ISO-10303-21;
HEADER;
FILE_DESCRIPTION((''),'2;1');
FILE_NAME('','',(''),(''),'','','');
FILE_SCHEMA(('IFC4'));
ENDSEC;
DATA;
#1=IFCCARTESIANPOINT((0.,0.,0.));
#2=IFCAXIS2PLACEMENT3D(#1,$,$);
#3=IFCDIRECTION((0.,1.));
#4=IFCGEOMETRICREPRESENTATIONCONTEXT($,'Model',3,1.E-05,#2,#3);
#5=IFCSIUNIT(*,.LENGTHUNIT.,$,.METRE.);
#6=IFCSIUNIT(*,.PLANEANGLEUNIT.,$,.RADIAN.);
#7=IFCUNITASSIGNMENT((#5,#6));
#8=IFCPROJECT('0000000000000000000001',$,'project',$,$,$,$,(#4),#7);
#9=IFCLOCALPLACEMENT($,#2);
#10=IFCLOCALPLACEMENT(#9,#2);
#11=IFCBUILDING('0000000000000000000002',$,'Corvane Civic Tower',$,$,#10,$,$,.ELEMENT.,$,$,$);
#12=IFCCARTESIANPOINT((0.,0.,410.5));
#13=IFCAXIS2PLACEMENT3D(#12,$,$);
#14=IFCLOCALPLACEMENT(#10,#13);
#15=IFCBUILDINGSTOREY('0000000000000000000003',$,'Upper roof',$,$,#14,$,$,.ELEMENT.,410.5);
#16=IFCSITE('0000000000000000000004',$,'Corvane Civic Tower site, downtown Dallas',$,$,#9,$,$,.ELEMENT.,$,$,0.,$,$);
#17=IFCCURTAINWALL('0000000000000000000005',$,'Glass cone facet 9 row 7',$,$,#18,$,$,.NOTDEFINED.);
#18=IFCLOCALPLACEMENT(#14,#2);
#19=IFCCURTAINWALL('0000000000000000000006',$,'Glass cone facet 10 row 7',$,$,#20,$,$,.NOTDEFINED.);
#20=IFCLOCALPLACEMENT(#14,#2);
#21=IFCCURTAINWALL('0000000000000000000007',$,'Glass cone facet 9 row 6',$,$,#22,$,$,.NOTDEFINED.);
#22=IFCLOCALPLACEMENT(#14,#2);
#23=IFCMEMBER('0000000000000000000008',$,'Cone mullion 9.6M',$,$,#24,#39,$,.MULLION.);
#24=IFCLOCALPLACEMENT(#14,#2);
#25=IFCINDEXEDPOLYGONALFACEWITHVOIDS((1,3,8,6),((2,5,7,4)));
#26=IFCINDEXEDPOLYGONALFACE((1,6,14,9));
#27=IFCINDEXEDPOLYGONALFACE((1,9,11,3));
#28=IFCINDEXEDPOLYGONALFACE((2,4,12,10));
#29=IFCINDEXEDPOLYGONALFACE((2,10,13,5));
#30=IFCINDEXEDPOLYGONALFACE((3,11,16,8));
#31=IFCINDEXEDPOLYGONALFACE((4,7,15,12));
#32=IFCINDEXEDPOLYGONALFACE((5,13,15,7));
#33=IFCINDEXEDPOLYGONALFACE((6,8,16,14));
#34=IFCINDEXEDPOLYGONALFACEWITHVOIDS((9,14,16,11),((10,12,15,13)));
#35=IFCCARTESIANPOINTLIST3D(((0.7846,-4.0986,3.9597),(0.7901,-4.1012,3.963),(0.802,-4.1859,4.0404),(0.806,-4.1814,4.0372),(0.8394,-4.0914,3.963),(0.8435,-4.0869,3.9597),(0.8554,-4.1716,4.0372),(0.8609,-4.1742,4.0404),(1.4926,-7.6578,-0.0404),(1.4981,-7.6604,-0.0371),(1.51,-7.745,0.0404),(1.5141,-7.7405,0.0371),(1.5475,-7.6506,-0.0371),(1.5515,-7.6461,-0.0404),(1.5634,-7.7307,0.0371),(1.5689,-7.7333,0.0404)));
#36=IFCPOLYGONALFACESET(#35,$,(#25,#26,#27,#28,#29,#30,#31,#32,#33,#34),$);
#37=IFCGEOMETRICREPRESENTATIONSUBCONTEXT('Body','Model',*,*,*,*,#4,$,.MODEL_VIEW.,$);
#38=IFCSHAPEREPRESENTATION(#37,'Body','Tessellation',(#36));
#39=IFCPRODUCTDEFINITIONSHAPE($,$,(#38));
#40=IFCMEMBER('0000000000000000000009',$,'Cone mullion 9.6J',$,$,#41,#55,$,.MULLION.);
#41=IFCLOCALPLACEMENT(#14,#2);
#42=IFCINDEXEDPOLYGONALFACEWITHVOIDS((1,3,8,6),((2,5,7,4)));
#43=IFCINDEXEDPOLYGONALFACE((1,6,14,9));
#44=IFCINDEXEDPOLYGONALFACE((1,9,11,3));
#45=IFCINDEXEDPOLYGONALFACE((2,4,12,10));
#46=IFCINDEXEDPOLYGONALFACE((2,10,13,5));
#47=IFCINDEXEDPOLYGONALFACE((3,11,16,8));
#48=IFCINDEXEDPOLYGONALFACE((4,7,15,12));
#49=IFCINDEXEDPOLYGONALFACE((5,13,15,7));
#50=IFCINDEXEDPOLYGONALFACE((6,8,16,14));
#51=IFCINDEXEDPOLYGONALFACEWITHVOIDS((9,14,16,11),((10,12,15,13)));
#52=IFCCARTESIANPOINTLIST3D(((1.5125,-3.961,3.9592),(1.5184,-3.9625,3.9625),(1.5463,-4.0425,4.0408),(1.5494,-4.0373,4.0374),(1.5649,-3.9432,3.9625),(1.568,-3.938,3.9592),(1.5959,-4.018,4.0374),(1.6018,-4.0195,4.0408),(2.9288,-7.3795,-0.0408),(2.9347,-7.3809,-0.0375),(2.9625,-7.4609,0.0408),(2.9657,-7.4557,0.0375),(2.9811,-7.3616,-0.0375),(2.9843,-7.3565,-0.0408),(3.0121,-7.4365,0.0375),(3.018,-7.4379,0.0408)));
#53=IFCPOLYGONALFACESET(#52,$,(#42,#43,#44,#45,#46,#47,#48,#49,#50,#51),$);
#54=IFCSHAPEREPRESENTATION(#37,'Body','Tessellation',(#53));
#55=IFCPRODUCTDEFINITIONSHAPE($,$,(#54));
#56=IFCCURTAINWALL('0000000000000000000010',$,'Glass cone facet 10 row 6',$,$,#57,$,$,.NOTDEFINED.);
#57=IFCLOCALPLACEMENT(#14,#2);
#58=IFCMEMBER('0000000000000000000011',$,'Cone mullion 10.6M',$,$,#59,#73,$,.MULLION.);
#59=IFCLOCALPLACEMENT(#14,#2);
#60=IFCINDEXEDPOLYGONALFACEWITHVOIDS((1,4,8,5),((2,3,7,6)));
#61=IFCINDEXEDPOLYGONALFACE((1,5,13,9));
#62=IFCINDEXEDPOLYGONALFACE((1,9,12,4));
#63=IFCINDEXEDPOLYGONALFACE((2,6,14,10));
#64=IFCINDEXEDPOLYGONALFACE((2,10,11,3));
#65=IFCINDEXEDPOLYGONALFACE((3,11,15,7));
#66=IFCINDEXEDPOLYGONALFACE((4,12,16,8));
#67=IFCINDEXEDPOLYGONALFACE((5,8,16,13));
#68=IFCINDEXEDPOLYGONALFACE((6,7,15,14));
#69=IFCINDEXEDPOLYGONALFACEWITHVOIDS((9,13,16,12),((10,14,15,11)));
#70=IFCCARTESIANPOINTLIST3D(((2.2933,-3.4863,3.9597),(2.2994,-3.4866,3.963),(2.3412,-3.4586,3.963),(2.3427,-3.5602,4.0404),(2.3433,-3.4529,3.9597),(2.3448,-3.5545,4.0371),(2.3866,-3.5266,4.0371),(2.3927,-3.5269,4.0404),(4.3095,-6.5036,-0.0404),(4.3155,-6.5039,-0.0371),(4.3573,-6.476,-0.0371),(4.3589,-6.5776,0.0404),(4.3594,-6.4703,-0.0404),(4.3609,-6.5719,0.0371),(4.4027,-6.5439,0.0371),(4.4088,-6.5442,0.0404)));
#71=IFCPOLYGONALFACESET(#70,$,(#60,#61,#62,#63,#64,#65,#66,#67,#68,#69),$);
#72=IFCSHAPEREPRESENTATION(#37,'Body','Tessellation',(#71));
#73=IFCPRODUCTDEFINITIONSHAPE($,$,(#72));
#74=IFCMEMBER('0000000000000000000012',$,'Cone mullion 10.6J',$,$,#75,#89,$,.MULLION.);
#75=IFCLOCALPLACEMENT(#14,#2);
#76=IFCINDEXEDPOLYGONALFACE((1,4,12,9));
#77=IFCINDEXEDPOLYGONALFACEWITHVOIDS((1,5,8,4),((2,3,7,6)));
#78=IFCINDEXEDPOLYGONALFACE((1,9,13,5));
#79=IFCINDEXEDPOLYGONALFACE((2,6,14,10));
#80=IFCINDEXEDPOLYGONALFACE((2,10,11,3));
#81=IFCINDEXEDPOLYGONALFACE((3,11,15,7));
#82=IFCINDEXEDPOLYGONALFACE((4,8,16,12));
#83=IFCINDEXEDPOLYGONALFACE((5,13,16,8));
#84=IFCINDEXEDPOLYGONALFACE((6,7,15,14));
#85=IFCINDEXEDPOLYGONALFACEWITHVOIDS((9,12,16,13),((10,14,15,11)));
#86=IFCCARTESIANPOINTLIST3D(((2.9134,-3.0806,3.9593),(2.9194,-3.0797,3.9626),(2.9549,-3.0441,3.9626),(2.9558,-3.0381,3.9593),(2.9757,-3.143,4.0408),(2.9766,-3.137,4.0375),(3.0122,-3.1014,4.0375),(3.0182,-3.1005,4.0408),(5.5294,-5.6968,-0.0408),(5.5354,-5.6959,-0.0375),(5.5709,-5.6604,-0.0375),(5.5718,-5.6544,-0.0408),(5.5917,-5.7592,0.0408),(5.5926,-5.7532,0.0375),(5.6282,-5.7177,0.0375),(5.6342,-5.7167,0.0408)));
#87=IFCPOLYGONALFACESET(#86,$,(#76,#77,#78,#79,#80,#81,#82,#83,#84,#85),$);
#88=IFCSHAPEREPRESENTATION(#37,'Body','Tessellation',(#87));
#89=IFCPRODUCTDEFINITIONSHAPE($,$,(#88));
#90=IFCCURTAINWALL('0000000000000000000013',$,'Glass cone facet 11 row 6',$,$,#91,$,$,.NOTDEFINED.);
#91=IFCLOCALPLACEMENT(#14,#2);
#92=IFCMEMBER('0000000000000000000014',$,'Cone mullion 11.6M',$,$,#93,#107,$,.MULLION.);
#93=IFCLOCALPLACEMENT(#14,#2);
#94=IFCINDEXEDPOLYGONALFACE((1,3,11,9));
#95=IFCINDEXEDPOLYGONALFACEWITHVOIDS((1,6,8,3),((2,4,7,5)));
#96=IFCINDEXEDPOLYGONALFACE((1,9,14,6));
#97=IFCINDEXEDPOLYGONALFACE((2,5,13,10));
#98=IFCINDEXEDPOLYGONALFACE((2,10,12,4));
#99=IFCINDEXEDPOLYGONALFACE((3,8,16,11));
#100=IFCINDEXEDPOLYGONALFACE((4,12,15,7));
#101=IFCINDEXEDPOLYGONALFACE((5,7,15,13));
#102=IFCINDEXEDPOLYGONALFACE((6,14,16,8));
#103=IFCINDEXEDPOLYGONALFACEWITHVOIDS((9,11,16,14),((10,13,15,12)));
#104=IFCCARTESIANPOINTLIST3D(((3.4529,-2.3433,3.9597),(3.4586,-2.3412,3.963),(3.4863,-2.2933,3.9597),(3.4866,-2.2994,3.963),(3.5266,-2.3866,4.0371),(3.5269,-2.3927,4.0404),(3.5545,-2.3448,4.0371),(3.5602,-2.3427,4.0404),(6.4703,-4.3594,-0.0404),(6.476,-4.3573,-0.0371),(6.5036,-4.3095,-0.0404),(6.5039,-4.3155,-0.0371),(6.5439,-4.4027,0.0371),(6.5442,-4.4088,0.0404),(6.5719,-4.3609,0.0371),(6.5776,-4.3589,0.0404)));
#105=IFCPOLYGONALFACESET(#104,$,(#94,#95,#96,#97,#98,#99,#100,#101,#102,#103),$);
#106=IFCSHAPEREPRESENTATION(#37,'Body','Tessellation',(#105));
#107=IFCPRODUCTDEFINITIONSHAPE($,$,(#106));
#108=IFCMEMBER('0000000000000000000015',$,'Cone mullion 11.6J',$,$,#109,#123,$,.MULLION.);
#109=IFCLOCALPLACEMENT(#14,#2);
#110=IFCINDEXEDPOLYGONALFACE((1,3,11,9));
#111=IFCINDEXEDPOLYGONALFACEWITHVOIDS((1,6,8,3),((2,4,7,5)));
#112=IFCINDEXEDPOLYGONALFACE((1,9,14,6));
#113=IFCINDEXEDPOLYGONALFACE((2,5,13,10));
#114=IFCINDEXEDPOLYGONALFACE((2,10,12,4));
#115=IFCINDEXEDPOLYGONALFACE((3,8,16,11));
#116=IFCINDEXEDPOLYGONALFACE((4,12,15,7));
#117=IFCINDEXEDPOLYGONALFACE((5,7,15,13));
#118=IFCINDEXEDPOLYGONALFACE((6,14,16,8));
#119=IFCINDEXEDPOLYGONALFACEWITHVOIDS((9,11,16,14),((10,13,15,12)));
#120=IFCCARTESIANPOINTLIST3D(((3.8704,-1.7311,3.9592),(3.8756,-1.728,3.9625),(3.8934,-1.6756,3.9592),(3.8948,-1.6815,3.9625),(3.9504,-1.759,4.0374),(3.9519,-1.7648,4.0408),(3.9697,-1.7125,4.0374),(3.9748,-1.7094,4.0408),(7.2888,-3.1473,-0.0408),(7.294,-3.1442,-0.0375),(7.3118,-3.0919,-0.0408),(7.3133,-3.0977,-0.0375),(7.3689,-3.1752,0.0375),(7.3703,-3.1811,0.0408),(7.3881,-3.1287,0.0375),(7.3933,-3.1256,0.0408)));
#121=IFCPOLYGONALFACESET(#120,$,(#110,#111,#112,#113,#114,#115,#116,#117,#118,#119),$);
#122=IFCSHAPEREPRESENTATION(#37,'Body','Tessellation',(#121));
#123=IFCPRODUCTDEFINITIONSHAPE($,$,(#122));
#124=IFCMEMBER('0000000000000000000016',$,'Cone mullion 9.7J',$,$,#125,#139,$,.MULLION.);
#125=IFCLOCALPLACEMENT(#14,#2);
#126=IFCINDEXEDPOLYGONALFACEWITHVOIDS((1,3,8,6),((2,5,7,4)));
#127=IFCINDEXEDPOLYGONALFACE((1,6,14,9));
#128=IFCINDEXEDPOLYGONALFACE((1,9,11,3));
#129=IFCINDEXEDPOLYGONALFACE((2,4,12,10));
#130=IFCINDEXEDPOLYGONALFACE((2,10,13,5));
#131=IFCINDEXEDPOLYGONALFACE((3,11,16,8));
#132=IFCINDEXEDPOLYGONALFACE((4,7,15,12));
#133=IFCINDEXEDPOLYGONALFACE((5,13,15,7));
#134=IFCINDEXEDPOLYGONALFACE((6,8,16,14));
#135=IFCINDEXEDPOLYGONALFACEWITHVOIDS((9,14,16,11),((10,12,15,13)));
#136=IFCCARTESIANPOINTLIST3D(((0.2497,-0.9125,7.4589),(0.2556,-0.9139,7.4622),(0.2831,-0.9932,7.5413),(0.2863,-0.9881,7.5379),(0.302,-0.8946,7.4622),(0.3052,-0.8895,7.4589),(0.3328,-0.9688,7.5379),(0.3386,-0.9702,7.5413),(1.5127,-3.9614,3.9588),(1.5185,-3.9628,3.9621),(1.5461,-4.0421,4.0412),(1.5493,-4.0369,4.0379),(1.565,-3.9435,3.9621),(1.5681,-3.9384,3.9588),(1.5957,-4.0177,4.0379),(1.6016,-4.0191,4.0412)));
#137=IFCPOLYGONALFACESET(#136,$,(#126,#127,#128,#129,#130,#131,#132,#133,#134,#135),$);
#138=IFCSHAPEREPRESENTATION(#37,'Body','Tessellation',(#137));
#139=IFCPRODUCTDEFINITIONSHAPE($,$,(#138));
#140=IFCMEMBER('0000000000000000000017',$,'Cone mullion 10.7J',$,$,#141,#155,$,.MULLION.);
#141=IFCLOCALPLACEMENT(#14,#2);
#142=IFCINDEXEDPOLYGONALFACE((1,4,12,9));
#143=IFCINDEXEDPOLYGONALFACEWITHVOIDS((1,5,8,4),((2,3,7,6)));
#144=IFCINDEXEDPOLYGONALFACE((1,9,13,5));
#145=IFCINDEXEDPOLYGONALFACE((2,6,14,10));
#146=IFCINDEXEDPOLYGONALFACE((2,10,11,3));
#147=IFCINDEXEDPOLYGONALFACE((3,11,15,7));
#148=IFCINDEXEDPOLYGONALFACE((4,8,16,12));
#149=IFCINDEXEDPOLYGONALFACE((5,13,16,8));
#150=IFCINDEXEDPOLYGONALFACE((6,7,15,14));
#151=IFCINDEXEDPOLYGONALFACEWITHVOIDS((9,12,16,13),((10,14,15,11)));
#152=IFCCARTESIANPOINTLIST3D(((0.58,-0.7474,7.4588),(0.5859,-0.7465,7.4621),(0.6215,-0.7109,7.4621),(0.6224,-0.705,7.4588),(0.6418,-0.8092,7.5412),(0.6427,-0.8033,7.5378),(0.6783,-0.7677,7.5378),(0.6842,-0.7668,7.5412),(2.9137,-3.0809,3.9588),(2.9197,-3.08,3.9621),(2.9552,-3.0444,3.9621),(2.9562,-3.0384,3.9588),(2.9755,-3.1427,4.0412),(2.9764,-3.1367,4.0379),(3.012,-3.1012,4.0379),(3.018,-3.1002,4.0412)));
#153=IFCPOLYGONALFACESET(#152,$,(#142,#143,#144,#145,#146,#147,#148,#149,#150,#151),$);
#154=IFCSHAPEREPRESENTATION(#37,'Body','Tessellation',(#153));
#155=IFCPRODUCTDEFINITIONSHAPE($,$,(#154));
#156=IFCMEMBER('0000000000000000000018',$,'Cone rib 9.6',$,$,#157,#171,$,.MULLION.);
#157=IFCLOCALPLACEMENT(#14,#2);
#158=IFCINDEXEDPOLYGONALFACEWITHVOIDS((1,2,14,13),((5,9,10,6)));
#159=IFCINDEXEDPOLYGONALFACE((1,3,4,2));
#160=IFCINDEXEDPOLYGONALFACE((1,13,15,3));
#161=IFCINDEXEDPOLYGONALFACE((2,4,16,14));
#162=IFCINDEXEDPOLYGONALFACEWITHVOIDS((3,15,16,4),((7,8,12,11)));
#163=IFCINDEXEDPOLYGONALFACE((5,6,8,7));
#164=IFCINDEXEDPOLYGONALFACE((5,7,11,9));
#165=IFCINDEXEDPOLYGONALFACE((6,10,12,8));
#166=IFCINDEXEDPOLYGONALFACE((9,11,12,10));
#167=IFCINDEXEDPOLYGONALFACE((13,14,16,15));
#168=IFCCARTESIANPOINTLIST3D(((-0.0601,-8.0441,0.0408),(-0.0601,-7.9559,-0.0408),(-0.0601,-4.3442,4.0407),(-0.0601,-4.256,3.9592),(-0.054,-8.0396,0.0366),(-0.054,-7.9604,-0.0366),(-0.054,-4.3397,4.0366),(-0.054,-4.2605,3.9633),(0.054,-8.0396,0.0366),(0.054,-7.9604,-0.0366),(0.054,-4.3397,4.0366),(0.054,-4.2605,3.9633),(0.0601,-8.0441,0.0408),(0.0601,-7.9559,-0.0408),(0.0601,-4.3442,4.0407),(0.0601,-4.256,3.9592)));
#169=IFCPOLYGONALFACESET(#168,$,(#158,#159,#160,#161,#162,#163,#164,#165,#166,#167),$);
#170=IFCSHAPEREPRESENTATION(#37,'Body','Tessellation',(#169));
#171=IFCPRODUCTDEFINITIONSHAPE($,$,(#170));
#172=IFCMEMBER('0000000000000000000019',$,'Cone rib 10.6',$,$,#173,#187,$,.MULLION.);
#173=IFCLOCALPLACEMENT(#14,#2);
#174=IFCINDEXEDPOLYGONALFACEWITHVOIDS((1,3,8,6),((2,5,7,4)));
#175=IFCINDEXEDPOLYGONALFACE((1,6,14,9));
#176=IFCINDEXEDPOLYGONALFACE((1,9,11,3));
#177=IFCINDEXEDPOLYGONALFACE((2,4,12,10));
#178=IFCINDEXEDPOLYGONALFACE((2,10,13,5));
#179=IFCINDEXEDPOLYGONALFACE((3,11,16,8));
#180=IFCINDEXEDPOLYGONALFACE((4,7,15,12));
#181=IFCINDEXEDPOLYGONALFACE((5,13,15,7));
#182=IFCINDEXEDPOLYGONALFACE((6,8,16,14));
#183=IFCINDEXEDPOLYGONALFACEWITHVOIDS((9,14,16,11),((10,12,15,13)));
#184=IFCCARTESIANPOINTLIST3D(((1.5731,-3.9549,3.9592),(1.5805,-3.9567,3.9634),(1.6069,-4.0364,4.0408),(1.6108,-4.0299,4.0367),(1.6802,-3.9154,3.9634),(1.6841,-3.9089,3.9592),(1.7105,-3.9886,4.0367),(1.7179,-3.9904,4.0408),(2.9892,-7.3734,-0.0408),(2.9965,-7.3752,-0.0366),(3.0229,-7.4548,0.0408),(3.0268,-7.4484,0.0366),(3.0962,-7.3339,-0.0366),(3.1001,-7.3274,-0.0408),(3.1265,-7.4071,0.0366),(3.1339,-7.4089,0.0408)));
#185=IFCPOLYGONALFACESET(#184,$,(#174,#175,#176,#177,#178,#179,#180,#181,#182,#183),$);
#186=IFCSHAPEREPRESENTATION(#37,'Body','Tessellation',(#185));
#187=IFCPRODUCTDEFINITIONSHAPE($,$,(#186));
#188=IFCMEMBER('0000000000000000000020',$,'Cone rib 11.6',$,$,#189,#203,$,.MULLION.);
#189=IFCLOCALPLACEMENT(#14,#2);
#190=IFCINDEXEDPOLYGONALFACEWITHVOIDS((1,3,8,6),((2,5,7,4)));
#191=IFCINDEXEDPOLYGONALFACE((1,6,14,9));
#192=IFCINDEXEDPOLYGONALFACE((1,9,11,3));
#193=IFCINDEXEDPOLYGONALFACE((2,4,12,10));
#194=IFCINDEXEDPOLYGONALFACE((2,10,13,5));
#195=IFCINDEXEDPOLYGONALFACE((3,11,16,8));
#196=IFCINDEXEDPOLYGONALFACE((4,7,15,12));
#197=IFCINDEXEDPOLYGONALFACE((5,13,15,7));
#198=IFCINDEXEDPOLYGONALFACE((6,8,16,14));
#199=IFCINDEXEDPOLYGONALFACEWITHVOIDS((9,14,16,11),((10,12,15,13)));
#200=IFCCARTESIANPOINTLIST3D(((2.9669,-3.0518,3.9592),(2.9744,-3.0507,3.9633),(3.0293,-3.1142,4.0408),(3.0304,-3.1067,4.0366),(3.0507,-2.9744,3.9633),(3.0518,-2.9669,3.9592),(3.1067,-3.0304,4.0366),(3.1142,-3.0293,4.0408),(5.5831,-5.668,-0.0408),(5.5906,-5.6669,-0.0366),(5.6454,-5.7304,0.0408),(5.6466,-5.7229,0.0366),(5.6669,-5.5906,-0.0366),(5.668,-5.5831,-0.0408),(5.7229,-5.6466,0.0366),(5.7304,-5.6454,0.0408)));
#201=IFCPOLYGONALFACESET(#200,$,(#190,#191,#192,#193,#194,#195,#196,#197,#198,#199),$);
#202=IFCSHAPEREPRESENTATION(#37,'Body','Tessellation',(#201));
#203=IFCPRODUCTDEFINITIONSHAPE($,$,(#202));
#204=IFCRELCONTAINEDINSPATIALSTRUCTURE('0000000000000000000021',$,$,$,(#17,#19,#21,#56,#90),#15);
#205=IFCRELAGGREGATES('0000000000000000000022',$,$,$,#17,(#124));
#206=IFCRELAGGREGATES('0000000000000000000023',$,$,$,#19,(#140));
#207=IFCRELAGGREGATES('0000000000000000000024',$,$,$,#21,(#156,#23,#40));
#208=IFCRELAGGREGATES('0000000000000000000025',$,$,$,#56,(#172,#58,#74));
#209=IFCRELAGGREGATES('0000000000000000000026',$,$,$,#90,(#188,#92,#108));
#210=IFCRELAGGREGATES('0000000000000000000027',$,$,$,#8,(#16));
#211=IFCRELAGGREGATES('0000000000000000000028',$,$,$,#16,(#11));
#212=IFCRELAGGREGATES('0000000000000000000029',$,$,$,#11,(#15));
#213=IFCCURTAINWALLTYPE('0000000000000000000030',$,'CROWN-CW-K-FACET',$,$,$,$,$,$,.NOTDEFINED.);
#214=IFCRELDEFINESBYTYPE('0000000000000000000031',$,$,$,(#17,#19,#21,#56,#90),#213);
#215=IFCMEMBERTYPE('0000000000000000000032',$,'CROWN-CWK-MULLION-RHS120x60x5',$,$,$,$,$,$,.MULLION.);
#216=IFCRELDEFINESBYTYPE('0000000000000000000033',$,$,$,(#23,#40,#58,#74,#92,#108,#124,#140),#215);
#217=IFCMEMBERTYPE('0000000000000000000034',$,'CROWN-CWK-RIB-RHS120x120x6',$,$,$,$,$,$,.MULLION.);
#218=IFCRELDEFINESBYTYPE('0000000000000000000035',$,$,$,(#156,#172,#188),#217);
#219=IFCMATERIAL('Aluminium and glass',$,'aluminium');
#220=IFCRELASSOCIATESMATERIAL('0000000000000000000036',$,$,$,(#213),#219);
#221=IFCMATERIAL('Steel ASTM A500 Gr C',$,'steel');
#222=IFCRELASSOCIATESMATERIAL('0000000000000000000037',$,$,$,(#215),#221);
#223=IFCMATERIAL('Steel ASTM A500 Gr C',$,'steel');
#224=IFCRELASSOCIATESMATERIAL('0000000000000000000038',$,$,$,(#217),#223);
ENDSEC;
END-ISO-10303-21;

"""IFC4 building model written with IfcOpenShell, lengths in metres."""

from ifc_helpers import new_model, si_unit, direction, frame, origin, origin_2d, place, context, subcontext, project, spatial, hollow_rectangle, extrude, material, material_profile, profile_set, type_object, element, aggregate, save


model = new_model("IFC4")

# Units and contexts
model_context = context("Model", 3, precision=1e-05, world=origin(), true_north=direction((0.0, 1.0)))
body_context = subcontext(model_context, "Body", "Model", "MODEL_VIEW")
ifc_project = project(units=[si_unit("LENGTHUNIT", "METRE"), si_unit("PLANEANGLEUNIT", "RADIAN")], contexts=[model_context])

# Site, building, storey
site_placement = place(None, origin())
site = spatial("IfcSite", under=ifc_project, at=site_placement, Name="Corvane Civic Tower site, downtown Dallas", CompositionType="ELEMENT", RefElevation=0.0)
building_placement = place(site_placement, origin())
building = spatial("IfcBuilding", under=site, at=building_placement, Name="Corvane Civic Tower", CompositionType="ELEMENT")
storey_placement = place(building_placement, frame((0.0, 0.0, 410.5)))
storey = spatial("IfcBuildingStorey", under=building, at=storey_placement, Name="Upper roof", CompositionType="ELEMENT", Elevation=410.5)

# Curtain walls
ifc_material_1 = material(Name="Aluminium and glass", Category="aluminium")
curtain_wall_type = type_object("IfcCurtainWallType", Name="CROWN-CW-K-FACET", PredefinedType="NOTDEFINED", material=ifc_material_1)
curtain_wall_1_placement = place(storey_placement, origin())
curtain_wall_1 = element("IfcCurtainWall", 1, at=curtain_wall_1_placement, inside=storey, type_object=curtain_wall_type, Name="Glass cone facet 9 row 7", PredefinedType="NOTDEFINED")
curtain_wall_2_placement = place(storey_placement, origin())
curtain_wall_2 = element("IfcCurtainWall", 2, at=curtain_wall_2_placement, inside=storey, type_object=curtain_wall_type, Name="Glass cone facet 10 row 7", PredefinedType="NOTDEFINED")

# Curtain walls, members
curtain_wall_3_placement = place(storey_placement, origin())
curtain_wall_3 = element("IfcCurtainWall", 3, at=curtain_wall_3_placement, inside=storey, type_object=curtain_wall_type, Name="Glass cone facet 9 row 6", PredefinedType="NOTDEFINED")
ifc_material_2 = material(Name="Steel ASTM A500 Gr C", Category="steel")
ifc_material_profile_1 = material_profile(ifc_material_2, hollow_rectangle(XDim=0.0601, YDim=0.1201, WallThickness=0.0049, at=origin_2d()), Name="RHS 120x60x5")
ifc_profile_set_1 = profile_set([ifc_material_profile_1], Name="Steel ASTM A500 Gr C")
member_type_1 = type_object("IfcMemberType", Name="CROWN-CWK-MULLION-RHS120x60x5", PredefinedType="MULLION", material=ifc_profile_set_1)
member_1_placement = place(storey_placement, frame((1.5308, -7.6956, 0.0), z_axis=(-0.131094, 0.658995, 0.740635), x_axis=(-0.980782, -0.195107, 0.0)))
member_1 = element("IfcMember", 4, at=member_1_placement, type_object=member_type_1, Name="Cone mullion 9.6M", PredefinedType="MULLION", context=body_context, shape_type="SweptSolid", body=[
    extrude(hollow_rectangle(XDim=0.0601, YDim=0.1201, WallThickness=0.0049, at=origin_2d()), origin(), (0.0, 0.0, 1.0), 5.4009),
])
member_2_placement = place(storey_placement, frame((2.9734, -7.4087, 0.0), z_axis=(-0.259912, 0.627355, 0.734079), x_axis=(-0.923852, -0.38275, 0.0)))
member_2 = element("IfcMember", 5, at=member_2_placement, type_object=member_type_1, Name="Cone mullion 9.6J", PredefinedType="MULLION", context=body_context, shape_type="SweptSolid", body=[
    extrude(hollow_rectangle(XDim=0.0601, YDim=0.1201, WallThickness=0.0049, at=origin_2d()), origin(), (0.0, 0.0, 1.0), 5.449),
])
curtain_wall_4_placement = place(storey_placement, origin())
curtain_wall_4 = element("IfcCurtainWall", 6, at=curtain_wall_4_placement, inside=storey, type_object=curtain_wall_type, Name="Glass cone facet 10 row 6", PredefinedType="NOTDEFINED")
member_3_placement = place(storey_placement, frame((4.3591, -6.5239, 0.0), z_axis=(-0.373297, 0.558679, 0.740626), x_axis=(-0.83147, -0.555569, 0.0)))
member_3 = element("IfcMember", 7, at=member_3_placement, type_object=member_type_1, Name="Cone mullion 10.6M", PredefinedType="MULLION", context=body_context, shape_type="SweptSolid", body=[
    extrude(hollow_rectangle(XDim=0.0601, YDim=0.1201, WallThickness=0.0049, at=origin_2d()), origin(), (0.0, 0.0, 1.0), 5.4009),
])
member_4_placement = place(storey_placement, frame((5.5818, -5.7068, 0.0), z_axis=(-0.480112, 0.480157, 0.734126), x_axis=(-0.70714, -0.707074, 0.0)))
member_4 = element("IfcMember", 8, at=member_4_placement, type_object=member_type_1, Name="Cone mullion 10.6J", PredefinedType="MULLION", context=body_context, shape_type="SweptSolid", body=[
    extrude(hollow_rectangle(XDim=0.0601, YDim=0.1201, WallThickness=0.0049, at=origin_2d()), origin(), (0.0, 0.0, 1.0), 5.4487),
])
curtain_wall_5_placement = place(storey_placement, origin())
curtain_wall_5 = element("IfcCurtainWall", 9, at=curtain_wall_5_placement, inside=storey, type_object=curtain_wall_type, Name="Glass cone facet 11 row 6", PredefinedType="NOTDEFINED")
member_5_placement = place(storey_placement, frame((6.5239, -4.3591, 0.0), z_axis=(-0.558679, 0.373297, 0.740626), x_axis=(-0.555569, -0.83147, 0.0)))
member_5 = element("IfcMember", 10, at=member_5_placement, type_object=member_type_1, Name="Cone mullion 11.6M", PredefinedType="MULLION", context=body_context, shape_type="SweptSolid", body=[
    extrude(hollow_rectangle(XDim=0.0601, YDim=0.1201, WallThickness=0.0049, at=origin_2d()), origin(), (0.0, 0.0, 1.0), 5.4009),
])
member_6_placement = place(storey_placement, frame((7.3411, -3.1365, 0.0), z_axis=(-0.627355, 0.259912, 0.734079), x_axis=(-0.38275, -0.923852, 0.0)))
member_6 = element("IfcMember", 11, at=member_6_placement, type_object=member_type_1, Name="Cone mullion 11.6J", PredefinedType="MULLION", context=body_context, shape_type="SweptSolid", body=[
    extrude(hollow_rectangle(XDim=0.0601, YDim=0.1201, WallThickness=0.0049, at=origin_2d()), origin(), (0.0, 0.0, 1.0), 5.449),
])

# Members
member_7_placement = place(storey_placement, frame((1.5571, -3.9902, 4.0), z_axis=(-0.262541, 0.633794, 0.727584), x_axis=(-0.923872, -0.382702, 0.0)))
member_7 = element("IfcMember", 12, at=member_7_placement, type_object=member_type_1, Name="Cone mullion 9.7J", PredefinedType="MULLION", context=body_context, shape_type="SweptSolid", body=[
    extrude(hollow_rectangle(XDim=0.0601, YDim=0.1201, WallThickness=0.0049, at=origin_2d()), origin(), (0.0, 0.0, 1.0), 4.8105),
])
member_8_placement = place(storey_placement, frame((2.9658, -3.0906, 4.0), z_axis=(-0.485128, 0.485077, 0.727565), x_axis=(-0.70707, -0.707144, 0.0)))
member_8 = element("IfcMember", 13, at=member_8_placement, type_object=member_type_1, Name="Cone mullion 10.7J", PredefinedType="MULLION", context=body_context, shape_type="SweptSolid", body=[
    extrude(hollow_rectangle(XDim=0.0601, YDim=0.1201, WallThickness=0.0049, at=origin_2d()), origin(), (0.0, 0.0, 1.0), 4.8105),
])
ifc_material_3 = material(Name="Steel ASTM A500 Gr C", Category="steel")
ifc_material_profile_2 = material_profile(ifc_material_3, hollow_rectangle(XDim=0.1201, YDim=0.1201, WallThickness=0.0061, at=origin_2d()), Name="RHS 120x120x6")
ifc_profile_set_2 = profile_set([ifc_material_profile_2], Name="Steel ASTM A500 Gr C")
member_type_2 = type_object("IfcMemberType", Name="CROWN-CWK-RIB-RHS120x120x6", PredefinedType="MULLION", material=ifc_profile_set_2)
member_9_placement = place(storey_placement, frame((0.0, -8.0, 0.0), z_axis=(0.0, 0.679037, 0.734104), x_axis=(-1.0, 0.0, 0.0)))
member_9 = element("IfcMember", 14, at=member_9_placement, type_object=member_type_2, Name="Cone rib 9.6", PredefinedType="MULLION", context=body_context, shape_type="SweptSolid", body=[
    extrude(hollow_rectangle(XDim=0.1201, YDim=0.1201, WallThickness=0.0061, at=origin_2d()), origin(), (0.0, 0.0, 1.0), 5.4487),
])
member_10_placement = place(storey_placement, frame((3.0615, -7.3911, 0.0), z_axis=(-0.25987, 0.627362, 0.734088), x_axis=(-0.923875, -0.382694, 0.0)))
member_10 = element("IfcMember", 15, at=member_10_placement, type_object=member_type_2, Name="Cone rib 10.6", PredefinedType="MULLION", context=body_context, shape_type="SweptSolid", body=[
    extrude(hollow_rectangle(XDim=0.1201, YDim=0.1201, WallThickness=0.0061, at=origin_2d()), origin(), (0.0, 0.0, 1.0), 5.449),
])
member_11_placement = place(storey_placement, frame((5.6567, -5.6567, 0.0), z_axis=(-0.480147, 0.480147, 0.73411), x_axis=(-0.707107, -0.707107, 0.0)))
member_11 = element("IfcMember", 16, at=member_11_placement, type_object=member_type_2, Name="Cone rib 11.6", PredefinedType="MULLION", context=body_context, shape_type="SweptSolid", body=[
    extrude(hollow_rectangle(XDim=0.1201, YDim=0.1201, WallThickness=0.0061, at=origin_2d()), origin(), (0.0, 0.0, 1.0), 5.4487),
])

aggregate(curtain_wall_1, [member_7])
aggregate(curtain_wall_2, [member_8])
aggregate(curtain_wall_3, [member_9, member_1, member_2])
aggregate(curtain_wall_4, [member_10, member_3, member_4])
aggregate(curtain_wall_5, [member_11, member_5, member_6])

save(model, "model.ifc")
